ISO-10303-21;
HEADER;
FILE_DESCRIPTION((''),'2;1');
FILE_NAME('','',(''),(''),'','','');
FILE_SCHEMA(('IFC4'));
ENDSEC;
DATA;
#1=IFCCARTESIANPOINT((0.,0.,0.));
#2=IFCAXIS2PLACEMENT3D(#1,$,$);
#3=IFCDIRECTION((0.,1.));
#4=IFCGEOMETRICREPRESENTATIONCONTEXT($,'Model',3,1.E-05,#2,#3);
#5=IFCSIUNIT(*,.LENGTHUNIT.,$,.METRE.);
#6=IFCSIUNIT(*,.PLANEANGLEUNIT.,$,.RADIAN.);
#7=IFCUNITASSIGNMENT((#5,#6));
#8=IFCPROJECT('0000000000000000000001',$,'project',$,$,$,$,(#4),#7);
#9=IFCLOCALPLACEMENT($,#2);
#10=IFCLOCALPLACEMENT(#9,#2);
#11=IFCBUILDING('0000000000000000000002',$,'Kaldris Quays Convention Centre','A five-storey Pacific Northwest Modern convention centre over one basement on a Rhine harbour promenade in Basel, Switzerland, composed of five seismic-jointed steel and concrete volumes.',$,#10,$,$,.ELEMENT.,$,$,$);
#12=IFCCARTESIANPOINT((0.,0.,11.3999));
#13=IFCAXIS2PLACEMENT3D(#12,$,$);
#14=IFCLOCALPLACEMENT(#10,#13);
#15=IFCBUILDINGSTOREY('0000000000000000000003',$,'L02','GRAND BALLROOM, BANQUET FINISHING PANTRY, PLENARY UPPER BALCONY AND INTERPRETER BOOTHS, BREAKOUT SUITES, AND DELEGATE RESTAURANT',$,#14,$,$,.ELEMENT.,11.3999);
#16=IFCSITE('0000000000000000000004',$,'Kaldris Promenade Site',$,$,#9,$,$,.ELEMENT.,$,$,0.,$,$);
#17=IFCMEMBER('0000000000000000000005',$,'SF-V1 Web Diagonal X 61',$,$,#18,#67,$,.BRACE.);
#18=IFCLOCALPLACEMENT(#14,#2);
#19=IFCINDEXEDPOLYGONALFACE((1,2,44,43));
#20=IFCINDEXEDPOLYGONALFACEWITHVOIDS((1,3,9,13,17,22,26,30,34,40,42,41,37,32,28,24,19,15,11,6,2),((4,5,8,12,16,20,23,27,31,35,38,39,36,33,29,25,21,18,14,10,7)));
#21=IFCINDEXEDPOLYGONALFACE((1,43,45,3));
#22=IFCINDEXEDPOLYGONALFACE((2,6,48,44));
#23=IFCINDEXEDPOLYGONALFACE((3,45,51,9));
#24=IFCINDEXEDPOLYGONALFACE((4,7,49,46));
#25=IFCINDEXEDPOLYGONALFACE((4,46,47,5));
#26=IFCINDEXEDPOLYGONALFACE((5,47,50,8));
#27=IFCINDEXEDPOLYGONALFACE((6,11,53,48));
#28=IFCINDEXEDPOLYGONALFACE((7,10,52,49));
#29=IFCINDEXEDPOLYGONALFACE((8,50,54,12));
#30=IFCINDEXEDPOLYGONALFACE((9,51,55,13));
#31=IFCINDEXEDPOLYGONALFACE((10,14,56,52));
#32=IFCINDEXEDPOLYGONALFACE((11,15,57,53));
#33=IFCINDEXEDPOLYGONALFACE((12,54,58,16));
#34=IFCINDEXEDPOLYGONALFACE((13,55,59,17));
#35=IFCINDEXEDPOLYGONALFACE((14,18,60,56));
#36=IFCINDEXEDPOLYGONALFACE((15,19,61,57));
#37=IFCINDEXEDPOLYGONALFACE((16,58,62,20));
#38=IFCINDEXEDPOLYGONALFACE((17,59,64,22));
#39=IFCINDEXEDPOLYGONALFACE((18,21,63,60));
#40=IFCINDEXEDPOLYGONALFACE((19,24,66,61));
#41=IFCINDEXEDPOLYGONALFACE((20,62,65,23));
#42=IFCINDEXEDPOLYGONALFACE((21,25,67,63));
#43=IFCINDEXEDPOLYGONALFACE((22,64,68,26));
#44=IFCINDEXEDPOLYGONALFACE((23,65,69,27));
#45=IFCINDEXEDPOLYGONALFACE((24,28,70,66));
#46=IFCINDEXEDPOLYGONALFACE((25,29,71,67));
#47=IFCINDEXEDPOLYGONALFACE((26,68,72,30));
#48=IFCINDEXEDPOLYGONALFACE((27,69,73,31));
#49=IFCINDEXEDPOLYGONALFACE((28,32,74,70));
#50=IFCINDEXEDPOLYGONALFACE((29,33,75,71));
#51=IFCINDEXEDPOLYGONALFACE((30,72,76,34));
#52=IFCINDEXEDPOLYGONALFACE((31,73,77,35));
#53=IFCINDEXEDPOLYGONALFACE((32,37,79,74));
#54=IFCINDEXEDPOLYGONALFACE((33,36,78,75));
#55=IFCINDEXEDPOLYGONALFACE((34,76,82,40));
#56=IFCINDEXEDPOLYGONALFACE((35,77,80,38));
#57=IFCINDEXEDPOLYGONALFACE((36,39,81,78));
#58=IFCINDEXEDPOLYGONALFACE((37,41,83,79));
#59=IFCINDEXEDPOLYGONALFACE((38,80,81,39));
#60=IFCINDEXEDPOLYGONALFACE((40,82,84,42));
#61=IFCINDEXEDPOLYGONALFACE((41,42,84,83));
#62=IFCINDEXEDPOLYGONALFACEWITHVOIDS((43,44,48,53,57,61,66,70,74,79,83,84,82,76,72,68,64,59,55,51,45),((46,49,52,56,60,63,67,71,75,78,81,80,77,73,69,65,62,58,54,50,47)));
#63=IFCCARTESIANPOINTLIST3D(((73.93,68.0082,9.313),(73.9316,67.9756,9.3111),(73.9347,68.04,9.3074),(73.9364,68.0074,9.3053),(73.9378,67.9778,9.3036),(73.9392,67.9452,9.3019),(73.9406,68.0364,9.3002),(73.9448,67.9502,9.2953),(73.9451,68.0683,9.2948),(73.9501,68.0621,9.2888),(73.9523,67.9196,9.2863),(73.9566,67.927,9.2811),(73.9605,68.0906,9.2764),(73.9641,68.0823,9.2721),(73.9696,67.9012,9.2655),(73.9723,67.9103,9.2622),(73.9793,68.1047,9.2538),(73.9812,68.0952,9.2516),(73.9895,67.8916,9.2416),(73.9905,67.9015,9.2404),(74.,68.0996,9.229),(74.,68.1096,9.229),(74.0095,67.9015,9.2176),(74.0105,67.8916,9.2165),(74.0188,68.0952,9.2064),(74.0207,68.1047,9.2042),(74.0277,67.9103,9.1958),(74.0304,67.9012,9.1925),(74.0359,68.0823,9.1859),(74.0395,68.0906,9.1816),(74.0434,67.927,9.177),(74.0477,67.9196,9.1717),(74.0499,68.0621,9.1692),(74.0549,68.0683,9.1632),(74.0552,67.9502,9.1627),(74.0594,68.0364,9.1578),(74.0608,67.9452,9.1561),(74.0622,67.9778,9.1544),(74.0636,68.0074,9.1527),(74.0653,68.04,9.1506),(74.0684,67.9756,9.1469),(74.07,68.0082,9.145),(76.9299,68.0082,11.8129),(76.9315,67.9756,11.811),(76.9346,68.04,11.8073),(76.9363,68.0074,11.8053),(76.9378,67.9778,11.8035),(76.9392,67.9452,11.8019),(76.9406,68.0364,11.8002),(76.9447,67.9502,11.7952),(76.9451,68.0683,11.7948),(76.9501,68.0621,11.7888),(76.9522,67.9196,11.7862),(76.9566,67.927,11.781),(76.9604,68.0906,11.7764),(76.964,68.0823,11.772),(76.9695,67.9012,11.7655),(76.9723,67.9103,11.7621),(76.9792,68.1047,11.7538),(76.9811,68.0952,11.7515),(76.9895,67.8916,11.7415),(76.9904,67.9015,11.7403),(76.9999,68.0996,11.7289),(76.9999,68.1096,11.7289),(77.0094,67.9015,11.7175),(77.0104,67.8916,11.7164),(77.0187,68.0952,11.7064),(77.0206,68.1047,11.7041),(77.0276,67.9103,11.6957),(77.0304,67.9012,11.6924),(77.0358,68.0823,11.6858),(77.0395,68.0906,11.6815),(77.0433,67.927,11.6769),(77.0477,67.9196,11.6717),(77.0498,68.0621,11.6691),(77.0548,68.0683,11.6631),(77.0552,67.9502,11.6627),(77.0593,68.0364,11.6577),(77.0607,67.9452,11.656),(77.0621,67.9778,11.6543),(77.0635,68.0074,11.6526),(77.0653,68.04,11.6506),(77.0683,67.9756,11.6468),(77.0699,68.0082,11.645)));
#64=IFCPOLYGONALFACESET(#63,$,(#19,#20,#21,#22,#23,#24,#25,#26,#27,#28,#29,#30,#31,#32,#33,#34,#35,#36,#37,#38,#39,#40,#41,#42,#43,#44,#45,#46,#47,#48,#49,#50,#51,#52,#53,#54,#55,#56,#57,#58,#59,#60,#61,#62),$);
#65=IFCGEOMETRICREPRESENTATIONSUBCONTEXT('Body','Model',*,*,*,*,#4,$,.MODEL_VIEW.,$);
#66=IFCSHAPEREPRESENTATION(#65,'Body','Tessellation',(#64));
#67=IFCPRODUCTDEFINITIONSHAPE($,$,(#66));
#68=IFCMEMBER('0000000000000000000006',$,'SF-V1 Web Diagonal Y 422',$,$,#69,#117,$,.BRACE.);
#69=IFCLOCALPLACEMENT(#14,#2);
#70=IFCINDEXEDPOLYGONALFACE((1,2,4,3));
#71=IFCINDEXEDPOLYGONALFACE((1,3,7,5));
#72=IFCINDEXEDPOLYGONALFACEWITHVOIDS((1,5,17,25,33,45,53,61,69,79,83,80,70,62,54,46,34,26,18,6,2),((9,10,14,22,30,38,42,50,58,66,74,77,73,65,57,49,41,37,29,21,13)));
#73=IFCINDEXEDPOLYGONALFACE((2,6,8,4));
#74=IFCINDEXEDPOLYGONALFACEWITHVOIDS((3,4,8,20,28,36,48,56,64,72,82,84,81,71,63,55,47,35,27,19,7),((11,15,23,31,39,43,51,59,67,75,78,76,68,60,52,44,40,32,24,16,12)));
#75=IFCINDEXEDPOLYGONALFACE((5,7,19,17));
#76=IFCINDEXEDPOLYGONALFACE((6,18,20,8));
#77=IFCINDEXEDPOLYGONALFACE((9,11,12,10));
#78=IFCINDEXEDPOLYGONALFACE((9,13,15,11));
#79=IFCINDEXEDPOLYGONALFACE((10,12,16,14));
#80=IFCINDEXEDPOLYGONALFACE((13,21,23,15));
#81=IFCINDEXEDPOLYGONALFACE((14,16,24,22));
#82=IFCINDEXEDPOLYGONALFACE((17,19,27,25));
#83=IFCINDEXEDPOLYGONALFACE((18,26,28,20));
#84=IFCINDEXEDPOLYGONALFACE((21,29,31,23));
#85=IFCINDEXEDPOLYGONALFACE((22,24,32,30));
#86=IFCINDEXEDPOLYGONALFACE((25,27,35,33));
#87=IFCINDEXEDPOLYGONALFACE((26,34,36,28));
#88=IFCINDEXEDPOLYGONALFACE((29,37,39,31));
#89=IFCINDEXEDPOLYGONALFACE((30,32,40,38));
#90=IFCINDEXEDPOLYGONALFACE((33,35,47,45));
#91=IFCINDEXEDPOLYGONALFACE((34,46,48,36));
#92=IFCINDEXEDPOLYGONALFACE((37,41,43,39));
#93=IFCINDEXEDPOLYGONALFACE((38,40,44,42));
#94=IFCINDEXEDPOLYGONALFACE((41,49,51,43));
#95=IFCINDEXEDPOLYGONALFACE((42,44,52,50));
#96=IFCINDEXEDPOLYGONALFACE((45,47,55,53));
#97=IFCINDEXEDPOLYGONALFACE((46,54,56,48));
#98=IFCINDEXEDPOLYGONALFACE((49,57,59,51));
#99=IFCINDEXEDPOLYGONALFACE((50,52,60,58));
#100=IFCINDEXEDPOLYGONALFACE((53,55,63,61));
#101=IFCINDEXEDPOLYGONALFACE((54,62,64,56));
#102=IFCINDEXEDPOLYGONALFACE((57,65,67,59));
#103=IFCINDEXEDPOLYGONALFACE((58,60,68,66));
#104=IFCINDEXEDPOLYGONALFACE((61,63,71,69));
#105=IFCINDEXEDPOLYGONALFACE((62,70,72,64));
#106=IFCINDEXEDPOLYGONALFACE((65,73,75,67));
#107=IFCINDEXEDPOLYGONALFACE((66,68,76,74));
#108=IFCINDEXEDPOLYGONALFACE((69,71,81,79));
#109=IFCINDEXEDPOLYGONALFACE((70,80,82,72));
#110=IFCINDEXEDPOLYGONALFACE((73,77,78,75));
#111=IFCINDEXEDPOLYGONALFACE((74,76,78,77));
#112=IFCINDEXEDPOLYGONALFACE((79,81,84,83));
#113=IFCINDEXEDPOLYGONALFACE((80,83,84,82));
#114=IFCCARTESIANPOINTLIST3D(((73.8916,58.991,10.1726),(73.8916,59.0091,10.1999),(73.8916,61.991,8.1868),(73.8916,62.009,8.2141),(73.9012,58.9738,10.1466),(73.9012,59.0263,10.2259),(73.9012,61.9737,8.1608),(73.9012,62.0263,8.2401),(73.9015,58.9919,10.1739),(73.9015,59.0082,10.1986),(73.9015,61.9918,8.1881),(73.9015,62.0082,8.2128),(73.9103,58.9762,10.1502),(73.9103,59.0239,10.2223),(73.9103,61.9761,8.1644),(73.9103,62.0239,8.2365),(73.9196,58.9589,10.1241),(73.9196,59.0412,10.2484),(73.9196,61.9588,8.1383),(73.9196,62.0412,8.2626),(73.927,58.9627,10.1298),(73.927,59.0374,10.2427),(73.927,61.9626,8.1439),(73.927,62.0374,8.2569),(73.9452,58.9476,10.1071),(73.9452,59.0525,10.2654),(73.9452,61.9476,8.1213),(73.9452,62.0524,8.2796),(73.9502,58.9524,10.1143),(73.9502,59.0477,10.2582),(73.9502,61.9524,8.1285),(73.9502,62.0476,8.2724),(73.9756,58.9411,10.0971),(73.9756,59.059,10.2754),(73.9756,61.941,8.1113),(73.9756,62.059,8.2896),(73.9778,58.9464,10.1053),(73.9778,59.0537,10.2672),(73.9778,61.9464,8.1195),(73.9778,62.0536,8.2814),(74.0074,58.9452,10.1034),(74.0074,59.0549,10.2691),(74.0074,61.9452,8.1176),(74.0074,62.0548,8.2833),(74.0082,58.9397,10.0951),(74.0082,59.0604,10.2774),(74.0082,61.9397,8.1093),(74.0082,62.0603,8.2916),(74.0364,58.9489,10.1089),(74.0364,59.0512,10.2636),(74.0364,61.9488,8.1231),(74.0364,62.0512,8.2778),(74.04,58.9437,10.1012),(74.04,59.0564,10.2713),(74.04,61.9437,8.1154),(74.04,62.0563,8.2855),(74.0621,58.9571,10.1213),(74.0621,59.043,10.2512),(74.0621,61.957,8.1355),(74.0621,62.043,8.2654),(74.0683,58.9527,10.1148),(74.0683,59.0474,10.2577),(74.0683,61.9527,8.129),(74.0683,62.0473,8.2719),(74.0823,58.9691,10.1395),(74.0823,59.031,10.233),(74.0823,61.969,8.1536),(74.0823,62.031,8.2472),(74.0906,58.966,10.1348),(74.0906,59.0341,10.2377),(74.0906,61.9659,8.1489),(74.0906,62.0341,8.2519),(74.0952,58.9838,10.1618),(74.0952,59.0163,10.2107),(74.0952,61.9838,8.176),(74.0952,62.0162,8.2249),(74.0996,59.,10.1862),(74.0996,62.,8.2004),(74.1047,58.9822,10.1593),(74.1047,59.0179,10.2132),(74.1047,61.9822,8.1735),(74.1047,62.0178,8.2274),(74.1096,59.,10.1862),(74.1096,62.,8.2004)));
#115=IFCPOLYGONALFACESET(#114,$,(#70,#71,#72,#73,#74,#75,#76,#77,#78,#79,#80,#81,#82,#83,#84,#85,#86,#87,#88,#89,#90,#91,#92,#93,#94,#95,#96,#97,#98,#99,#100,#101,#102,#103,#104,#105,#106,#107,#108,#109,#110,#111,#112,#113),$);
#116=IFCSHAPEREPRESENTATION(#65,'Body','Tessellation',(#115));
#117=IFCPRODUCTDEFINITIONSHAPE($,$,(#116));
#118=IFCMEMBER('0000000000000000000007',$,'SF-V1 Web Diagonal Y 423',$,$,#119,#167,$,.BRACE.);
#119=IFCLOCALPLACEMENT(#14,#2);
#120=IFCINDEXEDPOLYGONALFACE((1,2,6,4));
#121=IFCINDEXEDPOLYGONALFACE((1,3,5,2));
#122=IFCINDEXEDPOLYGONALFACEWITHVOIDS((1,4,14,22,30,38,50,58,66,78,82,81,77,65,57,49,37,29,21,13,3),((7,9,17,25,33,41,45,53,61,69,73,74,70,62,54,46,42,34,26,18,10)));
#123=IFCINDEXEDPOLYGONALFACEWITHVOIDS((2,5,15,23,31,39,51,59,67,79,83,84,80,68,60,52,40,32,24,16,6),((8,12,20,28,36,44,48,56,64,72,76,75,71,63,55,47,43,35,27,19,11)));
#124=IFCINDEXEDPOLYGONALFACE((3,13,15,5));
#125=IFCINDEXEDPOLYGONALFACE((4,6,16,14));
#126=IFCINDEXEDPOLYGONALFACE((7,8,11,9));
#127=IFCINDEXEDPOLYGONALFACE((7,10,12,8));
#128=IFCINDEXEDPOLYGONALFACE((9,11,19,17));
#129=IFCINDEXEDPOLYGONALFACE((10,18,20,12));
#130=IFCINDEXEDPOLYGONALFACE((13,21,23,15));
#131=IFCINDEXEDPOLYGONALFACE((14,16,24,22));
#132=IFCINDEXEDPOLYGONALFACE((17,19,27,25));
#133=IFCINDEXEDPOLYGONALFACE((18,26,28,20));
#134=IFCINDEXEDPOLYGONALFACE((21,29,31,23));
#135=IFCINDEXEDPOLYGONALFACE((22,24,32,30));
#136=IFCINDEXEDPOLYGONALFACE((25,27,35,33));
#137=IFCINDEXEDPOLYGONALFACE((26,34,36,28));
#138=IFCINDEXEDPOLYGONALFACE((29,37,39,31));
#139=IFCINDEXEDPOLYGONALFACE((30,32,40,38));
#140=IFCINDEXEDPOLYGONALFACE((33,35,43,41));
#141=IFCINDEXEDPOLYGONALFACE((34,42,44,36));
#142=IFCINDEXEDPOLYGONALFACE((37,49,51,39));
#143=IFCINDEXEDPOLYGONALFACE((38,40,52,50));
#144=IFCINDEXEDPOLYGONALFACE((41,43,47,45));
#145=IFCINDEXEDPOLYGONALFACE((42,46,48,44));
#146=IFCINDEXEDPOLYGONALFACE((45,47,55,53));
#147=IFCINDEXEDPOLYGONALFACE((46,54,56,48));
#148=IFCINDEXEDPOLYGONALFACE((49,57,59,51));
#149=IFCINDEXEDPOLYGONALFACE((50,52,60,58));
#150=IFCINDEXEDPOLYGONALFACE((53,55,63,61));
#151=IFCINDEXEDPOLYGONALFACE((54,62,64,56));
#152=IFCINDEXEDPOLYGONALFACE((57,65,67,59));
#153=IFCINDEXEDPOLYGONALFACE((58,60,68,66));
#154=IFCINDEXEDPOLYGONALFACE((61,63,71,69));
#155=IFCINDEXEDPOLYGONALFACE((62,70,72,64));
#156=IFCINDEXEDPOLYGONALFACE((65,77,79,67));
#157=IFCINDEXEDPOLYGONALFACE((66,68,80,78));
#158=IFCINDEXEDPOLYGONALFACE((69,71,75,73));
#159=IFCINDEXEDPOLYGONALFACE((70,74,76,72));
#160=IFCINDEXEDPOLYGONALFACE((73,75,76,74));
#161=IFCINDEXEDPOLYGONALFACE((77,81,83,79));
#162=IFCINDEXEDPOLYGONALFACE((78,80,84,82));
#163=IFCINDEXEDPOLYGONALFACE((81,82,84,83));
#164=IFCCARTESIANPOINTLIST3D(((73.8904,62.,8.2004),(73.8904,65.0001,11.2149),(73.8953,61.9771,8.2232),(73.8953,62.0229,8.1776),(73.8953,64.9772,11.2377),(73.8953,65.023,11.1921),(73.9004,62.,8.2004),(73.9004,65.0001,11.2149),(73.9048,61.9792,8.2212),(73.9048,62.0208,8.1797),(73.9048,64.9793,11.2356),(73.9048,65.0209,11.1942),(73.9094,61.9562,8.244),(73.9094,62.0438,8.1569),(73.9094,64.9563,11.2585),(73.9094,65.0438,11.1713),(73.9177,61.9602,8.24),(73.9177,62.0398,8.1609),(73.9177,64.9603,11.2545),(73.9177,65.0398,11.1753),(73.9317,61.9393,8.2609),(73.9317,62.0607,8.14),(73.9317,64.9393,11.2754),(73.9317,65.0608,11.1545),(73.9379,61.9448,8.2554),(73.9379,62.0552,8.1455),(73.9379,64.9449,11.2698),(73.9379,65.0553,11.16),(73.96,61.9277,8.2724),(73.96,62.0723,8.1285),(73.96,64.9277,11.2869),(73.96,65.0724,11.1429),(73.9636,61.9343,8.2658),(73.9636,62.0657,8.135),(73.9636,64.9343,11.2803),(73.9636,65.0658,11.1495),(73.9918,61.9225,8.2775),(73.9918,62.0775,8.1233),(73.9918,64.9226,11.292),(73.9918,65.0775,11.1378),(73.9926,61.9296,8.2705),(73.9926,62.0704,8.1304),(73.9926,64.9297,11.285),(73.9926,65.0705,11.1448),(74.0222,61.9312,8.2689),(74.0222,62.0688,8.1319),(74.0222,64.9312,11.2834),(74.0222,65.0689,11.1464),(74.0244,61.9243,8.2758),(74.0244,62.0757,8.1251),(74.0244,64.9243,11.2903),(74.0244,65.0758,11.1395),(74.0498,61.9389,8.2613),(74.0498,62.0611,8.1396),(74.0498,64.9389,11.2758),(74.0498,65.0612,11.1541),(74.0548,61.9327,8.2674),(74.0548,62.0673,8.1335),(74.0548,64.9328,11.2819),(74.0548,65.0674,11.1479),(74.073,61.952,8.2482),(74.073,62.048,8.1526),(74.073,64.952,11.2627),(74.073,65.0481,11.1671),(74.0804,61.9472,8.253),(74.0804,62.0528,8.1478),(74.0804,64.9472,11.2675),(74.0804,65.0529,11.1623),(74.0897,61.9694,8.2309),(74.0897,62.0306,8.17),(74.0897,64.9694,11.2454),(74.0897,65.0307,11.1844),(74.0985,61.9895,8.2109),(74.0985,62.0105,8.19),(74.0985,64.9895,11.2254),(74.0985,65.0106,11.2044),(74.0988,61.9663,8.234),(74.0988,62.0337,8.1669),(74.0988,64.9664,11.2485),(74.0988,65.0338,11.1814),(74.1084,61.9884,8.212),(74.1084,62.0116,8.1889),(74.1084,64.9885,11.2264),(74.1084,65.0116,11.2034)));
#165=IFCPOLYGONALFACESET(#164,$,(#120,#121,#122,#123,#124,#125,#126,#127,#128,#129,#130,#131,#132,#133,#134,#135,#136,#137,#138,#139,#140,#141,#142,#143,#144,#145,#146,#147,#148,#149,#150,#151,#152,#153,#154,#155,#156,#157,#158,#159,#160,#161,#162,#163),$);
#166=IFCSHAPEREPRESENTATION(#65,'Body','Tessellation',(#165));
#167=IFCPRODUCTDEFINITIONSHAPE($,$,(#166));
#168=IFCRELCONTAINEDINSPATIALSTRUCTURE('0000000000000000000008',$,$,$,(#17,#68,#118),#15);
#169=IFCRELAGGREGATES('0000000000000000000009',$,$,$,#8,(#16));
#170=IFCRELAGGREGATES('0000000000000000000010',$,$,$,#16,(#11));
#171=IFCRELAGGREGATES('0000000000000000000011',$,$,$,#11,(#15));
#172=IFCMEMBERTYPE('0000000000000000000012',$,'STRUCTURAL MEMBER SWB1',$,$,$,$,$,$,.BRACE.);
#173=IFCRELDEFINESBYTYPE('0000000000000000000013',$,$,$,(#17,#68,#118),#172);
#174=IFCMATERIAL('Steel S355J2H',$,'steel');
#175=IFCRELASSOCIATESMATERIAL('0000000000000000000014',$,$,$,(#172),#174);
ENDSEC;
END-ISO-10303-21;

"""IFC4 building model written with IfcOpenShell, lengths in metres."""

from ifc_helpers import new_model, si_unit, direction, frame, origin, origin_2d, place, context, subcontext, project, spatial, hollow_circle, extrude, material, material_profile, profile_set, type_object, element, save


model = new_model("IFC4")

# Units and contexts
model_context = context("Model", 3, precision=1e-05, world=origin(), true_north=direction((0.0, 1.0)))
body_context = subcontext(model_context, "Body", "Model", "MODEL_VIEW")
ifc_project = project(units=[si_unit("LENGTHUNIT", "METRE"), si_unit("PLANEANGLEUNIT", "RADIAN")], contexts=[model_context])

# Site, building, storey
site_placement = place(None, origin())
site = spatial("IfcSite", under=ifc_project, at=site_placement, Name="Kaldris Promenade Site", CompositionType="ELEMENT", RefElevation=0.0)
building_placement = place(site_placement, origin())
building = spatial("IfcBuilding", under=site, at=building_placement, Name="Kaldris Quays Convention Centre", Description="A five-storey Pacific Northwest Modern convention centre over one basement on a Rhine harbour promenade in Basel, Switzerland, composed of five seismic-jointed steel and concrete volumes.", CompositionType="ELEMENT")
storey_placement = place(building_placement, frame((0.0, 0.0, 11.3999)))
storey = spatial("IfcBuildingStorey", under=building, at=storey_placement, Name="L02", Description="GRAND BALLROOM, BANQUET FINISHING PANTRY, PLENARY UPPER BALCONY AND INTERPRETER BOOTHS, BREAKOUT SUITES, AND DELEGATE RESTAURANT", CompositionType="ELEMENT", Elevation=11.3999)

# Members
ifc_material_1 = material(Name="Steel S355J2H", Category="steel")
ifc_material_profile_1 = material_profile(ifc_material_1, hollow_circle(Radius=0.1096, WallThickness=0.01, at=origin_2d()), Name="CHS 219.1x10")
ifc_profile_set_1 = profile_set([ifc_material_profile_1], Name="Steel S355J2H")
member_type_1 = type_object("IfcMemberType", Name="STRUCTURAL MEMBER SWB1", PredefinedType="BRACE", material=ifc_profile_set_1)
for number, where, z_axis, x_axis, name in (
    (1, (74.0, 68.0, 9.229), (0.768221, 0.0, 0.640184), (0.0, 1.0, 0.0), "SF-V1 Web Diagonal X 61"),
):
    element("IfcMember", number, at=place(storey_placement, frame(where, z_axis=z_axis, x_axis=x_axis)), inside=storey, type_object=member_type_1, Name=name, PredefinedType="BRACE", context=body_context, shape_type="SweptSolid", body=[
        extrude(hollow_circle(Radius=0.1096, WallThickness=0.01, at=origin_2d()), origin(), (0.0, 0.0, 1.0), 3.905),
    ])
member_1_placement = place(storey_placement, frame((74.0, 62.0, 8.2004), z_axis=(0.0, -0.833862, 0.551972), x_axis=(1.0, 0.0, 0.0)))
element("IfcMember", 2, at=member_1_placement, inside=storey, type_object=member_type_1, Name="SF-V1 Web Diagonal Y 422", PredefinedType="BRACE", context=body_context, shape_type="SweptSolid", body=[
    extrude(hollow_circle(Radius=0.1096, WallThickness=0.01, at=origin_2d()), origin(), (0.0, 0.0, 1.0), 3.5977),
])
member_2_placement = place(storey_placement, frame((74.0, 62.0, 8.2004), z_axis=(0.0, 0.705411, 0.708798), x_axis=(-1.0, 0.0, 0.0)))
element("IfcMember", 3, at=member_2_placement, inside=storey, type_object=member_type_1, Name="SF-V1 Web Diagonal Y 423", PredefinedType="BRACE", context=body_context, shape_type="SweptSolid", body=[
    extrude(hollow_circle(Radius=0.1096, WallThickness=0.01, at=origin_2d()), origin(), (0.0, 0.0, 1.0), 4.2529),
])

save(model, "model.ifc")
